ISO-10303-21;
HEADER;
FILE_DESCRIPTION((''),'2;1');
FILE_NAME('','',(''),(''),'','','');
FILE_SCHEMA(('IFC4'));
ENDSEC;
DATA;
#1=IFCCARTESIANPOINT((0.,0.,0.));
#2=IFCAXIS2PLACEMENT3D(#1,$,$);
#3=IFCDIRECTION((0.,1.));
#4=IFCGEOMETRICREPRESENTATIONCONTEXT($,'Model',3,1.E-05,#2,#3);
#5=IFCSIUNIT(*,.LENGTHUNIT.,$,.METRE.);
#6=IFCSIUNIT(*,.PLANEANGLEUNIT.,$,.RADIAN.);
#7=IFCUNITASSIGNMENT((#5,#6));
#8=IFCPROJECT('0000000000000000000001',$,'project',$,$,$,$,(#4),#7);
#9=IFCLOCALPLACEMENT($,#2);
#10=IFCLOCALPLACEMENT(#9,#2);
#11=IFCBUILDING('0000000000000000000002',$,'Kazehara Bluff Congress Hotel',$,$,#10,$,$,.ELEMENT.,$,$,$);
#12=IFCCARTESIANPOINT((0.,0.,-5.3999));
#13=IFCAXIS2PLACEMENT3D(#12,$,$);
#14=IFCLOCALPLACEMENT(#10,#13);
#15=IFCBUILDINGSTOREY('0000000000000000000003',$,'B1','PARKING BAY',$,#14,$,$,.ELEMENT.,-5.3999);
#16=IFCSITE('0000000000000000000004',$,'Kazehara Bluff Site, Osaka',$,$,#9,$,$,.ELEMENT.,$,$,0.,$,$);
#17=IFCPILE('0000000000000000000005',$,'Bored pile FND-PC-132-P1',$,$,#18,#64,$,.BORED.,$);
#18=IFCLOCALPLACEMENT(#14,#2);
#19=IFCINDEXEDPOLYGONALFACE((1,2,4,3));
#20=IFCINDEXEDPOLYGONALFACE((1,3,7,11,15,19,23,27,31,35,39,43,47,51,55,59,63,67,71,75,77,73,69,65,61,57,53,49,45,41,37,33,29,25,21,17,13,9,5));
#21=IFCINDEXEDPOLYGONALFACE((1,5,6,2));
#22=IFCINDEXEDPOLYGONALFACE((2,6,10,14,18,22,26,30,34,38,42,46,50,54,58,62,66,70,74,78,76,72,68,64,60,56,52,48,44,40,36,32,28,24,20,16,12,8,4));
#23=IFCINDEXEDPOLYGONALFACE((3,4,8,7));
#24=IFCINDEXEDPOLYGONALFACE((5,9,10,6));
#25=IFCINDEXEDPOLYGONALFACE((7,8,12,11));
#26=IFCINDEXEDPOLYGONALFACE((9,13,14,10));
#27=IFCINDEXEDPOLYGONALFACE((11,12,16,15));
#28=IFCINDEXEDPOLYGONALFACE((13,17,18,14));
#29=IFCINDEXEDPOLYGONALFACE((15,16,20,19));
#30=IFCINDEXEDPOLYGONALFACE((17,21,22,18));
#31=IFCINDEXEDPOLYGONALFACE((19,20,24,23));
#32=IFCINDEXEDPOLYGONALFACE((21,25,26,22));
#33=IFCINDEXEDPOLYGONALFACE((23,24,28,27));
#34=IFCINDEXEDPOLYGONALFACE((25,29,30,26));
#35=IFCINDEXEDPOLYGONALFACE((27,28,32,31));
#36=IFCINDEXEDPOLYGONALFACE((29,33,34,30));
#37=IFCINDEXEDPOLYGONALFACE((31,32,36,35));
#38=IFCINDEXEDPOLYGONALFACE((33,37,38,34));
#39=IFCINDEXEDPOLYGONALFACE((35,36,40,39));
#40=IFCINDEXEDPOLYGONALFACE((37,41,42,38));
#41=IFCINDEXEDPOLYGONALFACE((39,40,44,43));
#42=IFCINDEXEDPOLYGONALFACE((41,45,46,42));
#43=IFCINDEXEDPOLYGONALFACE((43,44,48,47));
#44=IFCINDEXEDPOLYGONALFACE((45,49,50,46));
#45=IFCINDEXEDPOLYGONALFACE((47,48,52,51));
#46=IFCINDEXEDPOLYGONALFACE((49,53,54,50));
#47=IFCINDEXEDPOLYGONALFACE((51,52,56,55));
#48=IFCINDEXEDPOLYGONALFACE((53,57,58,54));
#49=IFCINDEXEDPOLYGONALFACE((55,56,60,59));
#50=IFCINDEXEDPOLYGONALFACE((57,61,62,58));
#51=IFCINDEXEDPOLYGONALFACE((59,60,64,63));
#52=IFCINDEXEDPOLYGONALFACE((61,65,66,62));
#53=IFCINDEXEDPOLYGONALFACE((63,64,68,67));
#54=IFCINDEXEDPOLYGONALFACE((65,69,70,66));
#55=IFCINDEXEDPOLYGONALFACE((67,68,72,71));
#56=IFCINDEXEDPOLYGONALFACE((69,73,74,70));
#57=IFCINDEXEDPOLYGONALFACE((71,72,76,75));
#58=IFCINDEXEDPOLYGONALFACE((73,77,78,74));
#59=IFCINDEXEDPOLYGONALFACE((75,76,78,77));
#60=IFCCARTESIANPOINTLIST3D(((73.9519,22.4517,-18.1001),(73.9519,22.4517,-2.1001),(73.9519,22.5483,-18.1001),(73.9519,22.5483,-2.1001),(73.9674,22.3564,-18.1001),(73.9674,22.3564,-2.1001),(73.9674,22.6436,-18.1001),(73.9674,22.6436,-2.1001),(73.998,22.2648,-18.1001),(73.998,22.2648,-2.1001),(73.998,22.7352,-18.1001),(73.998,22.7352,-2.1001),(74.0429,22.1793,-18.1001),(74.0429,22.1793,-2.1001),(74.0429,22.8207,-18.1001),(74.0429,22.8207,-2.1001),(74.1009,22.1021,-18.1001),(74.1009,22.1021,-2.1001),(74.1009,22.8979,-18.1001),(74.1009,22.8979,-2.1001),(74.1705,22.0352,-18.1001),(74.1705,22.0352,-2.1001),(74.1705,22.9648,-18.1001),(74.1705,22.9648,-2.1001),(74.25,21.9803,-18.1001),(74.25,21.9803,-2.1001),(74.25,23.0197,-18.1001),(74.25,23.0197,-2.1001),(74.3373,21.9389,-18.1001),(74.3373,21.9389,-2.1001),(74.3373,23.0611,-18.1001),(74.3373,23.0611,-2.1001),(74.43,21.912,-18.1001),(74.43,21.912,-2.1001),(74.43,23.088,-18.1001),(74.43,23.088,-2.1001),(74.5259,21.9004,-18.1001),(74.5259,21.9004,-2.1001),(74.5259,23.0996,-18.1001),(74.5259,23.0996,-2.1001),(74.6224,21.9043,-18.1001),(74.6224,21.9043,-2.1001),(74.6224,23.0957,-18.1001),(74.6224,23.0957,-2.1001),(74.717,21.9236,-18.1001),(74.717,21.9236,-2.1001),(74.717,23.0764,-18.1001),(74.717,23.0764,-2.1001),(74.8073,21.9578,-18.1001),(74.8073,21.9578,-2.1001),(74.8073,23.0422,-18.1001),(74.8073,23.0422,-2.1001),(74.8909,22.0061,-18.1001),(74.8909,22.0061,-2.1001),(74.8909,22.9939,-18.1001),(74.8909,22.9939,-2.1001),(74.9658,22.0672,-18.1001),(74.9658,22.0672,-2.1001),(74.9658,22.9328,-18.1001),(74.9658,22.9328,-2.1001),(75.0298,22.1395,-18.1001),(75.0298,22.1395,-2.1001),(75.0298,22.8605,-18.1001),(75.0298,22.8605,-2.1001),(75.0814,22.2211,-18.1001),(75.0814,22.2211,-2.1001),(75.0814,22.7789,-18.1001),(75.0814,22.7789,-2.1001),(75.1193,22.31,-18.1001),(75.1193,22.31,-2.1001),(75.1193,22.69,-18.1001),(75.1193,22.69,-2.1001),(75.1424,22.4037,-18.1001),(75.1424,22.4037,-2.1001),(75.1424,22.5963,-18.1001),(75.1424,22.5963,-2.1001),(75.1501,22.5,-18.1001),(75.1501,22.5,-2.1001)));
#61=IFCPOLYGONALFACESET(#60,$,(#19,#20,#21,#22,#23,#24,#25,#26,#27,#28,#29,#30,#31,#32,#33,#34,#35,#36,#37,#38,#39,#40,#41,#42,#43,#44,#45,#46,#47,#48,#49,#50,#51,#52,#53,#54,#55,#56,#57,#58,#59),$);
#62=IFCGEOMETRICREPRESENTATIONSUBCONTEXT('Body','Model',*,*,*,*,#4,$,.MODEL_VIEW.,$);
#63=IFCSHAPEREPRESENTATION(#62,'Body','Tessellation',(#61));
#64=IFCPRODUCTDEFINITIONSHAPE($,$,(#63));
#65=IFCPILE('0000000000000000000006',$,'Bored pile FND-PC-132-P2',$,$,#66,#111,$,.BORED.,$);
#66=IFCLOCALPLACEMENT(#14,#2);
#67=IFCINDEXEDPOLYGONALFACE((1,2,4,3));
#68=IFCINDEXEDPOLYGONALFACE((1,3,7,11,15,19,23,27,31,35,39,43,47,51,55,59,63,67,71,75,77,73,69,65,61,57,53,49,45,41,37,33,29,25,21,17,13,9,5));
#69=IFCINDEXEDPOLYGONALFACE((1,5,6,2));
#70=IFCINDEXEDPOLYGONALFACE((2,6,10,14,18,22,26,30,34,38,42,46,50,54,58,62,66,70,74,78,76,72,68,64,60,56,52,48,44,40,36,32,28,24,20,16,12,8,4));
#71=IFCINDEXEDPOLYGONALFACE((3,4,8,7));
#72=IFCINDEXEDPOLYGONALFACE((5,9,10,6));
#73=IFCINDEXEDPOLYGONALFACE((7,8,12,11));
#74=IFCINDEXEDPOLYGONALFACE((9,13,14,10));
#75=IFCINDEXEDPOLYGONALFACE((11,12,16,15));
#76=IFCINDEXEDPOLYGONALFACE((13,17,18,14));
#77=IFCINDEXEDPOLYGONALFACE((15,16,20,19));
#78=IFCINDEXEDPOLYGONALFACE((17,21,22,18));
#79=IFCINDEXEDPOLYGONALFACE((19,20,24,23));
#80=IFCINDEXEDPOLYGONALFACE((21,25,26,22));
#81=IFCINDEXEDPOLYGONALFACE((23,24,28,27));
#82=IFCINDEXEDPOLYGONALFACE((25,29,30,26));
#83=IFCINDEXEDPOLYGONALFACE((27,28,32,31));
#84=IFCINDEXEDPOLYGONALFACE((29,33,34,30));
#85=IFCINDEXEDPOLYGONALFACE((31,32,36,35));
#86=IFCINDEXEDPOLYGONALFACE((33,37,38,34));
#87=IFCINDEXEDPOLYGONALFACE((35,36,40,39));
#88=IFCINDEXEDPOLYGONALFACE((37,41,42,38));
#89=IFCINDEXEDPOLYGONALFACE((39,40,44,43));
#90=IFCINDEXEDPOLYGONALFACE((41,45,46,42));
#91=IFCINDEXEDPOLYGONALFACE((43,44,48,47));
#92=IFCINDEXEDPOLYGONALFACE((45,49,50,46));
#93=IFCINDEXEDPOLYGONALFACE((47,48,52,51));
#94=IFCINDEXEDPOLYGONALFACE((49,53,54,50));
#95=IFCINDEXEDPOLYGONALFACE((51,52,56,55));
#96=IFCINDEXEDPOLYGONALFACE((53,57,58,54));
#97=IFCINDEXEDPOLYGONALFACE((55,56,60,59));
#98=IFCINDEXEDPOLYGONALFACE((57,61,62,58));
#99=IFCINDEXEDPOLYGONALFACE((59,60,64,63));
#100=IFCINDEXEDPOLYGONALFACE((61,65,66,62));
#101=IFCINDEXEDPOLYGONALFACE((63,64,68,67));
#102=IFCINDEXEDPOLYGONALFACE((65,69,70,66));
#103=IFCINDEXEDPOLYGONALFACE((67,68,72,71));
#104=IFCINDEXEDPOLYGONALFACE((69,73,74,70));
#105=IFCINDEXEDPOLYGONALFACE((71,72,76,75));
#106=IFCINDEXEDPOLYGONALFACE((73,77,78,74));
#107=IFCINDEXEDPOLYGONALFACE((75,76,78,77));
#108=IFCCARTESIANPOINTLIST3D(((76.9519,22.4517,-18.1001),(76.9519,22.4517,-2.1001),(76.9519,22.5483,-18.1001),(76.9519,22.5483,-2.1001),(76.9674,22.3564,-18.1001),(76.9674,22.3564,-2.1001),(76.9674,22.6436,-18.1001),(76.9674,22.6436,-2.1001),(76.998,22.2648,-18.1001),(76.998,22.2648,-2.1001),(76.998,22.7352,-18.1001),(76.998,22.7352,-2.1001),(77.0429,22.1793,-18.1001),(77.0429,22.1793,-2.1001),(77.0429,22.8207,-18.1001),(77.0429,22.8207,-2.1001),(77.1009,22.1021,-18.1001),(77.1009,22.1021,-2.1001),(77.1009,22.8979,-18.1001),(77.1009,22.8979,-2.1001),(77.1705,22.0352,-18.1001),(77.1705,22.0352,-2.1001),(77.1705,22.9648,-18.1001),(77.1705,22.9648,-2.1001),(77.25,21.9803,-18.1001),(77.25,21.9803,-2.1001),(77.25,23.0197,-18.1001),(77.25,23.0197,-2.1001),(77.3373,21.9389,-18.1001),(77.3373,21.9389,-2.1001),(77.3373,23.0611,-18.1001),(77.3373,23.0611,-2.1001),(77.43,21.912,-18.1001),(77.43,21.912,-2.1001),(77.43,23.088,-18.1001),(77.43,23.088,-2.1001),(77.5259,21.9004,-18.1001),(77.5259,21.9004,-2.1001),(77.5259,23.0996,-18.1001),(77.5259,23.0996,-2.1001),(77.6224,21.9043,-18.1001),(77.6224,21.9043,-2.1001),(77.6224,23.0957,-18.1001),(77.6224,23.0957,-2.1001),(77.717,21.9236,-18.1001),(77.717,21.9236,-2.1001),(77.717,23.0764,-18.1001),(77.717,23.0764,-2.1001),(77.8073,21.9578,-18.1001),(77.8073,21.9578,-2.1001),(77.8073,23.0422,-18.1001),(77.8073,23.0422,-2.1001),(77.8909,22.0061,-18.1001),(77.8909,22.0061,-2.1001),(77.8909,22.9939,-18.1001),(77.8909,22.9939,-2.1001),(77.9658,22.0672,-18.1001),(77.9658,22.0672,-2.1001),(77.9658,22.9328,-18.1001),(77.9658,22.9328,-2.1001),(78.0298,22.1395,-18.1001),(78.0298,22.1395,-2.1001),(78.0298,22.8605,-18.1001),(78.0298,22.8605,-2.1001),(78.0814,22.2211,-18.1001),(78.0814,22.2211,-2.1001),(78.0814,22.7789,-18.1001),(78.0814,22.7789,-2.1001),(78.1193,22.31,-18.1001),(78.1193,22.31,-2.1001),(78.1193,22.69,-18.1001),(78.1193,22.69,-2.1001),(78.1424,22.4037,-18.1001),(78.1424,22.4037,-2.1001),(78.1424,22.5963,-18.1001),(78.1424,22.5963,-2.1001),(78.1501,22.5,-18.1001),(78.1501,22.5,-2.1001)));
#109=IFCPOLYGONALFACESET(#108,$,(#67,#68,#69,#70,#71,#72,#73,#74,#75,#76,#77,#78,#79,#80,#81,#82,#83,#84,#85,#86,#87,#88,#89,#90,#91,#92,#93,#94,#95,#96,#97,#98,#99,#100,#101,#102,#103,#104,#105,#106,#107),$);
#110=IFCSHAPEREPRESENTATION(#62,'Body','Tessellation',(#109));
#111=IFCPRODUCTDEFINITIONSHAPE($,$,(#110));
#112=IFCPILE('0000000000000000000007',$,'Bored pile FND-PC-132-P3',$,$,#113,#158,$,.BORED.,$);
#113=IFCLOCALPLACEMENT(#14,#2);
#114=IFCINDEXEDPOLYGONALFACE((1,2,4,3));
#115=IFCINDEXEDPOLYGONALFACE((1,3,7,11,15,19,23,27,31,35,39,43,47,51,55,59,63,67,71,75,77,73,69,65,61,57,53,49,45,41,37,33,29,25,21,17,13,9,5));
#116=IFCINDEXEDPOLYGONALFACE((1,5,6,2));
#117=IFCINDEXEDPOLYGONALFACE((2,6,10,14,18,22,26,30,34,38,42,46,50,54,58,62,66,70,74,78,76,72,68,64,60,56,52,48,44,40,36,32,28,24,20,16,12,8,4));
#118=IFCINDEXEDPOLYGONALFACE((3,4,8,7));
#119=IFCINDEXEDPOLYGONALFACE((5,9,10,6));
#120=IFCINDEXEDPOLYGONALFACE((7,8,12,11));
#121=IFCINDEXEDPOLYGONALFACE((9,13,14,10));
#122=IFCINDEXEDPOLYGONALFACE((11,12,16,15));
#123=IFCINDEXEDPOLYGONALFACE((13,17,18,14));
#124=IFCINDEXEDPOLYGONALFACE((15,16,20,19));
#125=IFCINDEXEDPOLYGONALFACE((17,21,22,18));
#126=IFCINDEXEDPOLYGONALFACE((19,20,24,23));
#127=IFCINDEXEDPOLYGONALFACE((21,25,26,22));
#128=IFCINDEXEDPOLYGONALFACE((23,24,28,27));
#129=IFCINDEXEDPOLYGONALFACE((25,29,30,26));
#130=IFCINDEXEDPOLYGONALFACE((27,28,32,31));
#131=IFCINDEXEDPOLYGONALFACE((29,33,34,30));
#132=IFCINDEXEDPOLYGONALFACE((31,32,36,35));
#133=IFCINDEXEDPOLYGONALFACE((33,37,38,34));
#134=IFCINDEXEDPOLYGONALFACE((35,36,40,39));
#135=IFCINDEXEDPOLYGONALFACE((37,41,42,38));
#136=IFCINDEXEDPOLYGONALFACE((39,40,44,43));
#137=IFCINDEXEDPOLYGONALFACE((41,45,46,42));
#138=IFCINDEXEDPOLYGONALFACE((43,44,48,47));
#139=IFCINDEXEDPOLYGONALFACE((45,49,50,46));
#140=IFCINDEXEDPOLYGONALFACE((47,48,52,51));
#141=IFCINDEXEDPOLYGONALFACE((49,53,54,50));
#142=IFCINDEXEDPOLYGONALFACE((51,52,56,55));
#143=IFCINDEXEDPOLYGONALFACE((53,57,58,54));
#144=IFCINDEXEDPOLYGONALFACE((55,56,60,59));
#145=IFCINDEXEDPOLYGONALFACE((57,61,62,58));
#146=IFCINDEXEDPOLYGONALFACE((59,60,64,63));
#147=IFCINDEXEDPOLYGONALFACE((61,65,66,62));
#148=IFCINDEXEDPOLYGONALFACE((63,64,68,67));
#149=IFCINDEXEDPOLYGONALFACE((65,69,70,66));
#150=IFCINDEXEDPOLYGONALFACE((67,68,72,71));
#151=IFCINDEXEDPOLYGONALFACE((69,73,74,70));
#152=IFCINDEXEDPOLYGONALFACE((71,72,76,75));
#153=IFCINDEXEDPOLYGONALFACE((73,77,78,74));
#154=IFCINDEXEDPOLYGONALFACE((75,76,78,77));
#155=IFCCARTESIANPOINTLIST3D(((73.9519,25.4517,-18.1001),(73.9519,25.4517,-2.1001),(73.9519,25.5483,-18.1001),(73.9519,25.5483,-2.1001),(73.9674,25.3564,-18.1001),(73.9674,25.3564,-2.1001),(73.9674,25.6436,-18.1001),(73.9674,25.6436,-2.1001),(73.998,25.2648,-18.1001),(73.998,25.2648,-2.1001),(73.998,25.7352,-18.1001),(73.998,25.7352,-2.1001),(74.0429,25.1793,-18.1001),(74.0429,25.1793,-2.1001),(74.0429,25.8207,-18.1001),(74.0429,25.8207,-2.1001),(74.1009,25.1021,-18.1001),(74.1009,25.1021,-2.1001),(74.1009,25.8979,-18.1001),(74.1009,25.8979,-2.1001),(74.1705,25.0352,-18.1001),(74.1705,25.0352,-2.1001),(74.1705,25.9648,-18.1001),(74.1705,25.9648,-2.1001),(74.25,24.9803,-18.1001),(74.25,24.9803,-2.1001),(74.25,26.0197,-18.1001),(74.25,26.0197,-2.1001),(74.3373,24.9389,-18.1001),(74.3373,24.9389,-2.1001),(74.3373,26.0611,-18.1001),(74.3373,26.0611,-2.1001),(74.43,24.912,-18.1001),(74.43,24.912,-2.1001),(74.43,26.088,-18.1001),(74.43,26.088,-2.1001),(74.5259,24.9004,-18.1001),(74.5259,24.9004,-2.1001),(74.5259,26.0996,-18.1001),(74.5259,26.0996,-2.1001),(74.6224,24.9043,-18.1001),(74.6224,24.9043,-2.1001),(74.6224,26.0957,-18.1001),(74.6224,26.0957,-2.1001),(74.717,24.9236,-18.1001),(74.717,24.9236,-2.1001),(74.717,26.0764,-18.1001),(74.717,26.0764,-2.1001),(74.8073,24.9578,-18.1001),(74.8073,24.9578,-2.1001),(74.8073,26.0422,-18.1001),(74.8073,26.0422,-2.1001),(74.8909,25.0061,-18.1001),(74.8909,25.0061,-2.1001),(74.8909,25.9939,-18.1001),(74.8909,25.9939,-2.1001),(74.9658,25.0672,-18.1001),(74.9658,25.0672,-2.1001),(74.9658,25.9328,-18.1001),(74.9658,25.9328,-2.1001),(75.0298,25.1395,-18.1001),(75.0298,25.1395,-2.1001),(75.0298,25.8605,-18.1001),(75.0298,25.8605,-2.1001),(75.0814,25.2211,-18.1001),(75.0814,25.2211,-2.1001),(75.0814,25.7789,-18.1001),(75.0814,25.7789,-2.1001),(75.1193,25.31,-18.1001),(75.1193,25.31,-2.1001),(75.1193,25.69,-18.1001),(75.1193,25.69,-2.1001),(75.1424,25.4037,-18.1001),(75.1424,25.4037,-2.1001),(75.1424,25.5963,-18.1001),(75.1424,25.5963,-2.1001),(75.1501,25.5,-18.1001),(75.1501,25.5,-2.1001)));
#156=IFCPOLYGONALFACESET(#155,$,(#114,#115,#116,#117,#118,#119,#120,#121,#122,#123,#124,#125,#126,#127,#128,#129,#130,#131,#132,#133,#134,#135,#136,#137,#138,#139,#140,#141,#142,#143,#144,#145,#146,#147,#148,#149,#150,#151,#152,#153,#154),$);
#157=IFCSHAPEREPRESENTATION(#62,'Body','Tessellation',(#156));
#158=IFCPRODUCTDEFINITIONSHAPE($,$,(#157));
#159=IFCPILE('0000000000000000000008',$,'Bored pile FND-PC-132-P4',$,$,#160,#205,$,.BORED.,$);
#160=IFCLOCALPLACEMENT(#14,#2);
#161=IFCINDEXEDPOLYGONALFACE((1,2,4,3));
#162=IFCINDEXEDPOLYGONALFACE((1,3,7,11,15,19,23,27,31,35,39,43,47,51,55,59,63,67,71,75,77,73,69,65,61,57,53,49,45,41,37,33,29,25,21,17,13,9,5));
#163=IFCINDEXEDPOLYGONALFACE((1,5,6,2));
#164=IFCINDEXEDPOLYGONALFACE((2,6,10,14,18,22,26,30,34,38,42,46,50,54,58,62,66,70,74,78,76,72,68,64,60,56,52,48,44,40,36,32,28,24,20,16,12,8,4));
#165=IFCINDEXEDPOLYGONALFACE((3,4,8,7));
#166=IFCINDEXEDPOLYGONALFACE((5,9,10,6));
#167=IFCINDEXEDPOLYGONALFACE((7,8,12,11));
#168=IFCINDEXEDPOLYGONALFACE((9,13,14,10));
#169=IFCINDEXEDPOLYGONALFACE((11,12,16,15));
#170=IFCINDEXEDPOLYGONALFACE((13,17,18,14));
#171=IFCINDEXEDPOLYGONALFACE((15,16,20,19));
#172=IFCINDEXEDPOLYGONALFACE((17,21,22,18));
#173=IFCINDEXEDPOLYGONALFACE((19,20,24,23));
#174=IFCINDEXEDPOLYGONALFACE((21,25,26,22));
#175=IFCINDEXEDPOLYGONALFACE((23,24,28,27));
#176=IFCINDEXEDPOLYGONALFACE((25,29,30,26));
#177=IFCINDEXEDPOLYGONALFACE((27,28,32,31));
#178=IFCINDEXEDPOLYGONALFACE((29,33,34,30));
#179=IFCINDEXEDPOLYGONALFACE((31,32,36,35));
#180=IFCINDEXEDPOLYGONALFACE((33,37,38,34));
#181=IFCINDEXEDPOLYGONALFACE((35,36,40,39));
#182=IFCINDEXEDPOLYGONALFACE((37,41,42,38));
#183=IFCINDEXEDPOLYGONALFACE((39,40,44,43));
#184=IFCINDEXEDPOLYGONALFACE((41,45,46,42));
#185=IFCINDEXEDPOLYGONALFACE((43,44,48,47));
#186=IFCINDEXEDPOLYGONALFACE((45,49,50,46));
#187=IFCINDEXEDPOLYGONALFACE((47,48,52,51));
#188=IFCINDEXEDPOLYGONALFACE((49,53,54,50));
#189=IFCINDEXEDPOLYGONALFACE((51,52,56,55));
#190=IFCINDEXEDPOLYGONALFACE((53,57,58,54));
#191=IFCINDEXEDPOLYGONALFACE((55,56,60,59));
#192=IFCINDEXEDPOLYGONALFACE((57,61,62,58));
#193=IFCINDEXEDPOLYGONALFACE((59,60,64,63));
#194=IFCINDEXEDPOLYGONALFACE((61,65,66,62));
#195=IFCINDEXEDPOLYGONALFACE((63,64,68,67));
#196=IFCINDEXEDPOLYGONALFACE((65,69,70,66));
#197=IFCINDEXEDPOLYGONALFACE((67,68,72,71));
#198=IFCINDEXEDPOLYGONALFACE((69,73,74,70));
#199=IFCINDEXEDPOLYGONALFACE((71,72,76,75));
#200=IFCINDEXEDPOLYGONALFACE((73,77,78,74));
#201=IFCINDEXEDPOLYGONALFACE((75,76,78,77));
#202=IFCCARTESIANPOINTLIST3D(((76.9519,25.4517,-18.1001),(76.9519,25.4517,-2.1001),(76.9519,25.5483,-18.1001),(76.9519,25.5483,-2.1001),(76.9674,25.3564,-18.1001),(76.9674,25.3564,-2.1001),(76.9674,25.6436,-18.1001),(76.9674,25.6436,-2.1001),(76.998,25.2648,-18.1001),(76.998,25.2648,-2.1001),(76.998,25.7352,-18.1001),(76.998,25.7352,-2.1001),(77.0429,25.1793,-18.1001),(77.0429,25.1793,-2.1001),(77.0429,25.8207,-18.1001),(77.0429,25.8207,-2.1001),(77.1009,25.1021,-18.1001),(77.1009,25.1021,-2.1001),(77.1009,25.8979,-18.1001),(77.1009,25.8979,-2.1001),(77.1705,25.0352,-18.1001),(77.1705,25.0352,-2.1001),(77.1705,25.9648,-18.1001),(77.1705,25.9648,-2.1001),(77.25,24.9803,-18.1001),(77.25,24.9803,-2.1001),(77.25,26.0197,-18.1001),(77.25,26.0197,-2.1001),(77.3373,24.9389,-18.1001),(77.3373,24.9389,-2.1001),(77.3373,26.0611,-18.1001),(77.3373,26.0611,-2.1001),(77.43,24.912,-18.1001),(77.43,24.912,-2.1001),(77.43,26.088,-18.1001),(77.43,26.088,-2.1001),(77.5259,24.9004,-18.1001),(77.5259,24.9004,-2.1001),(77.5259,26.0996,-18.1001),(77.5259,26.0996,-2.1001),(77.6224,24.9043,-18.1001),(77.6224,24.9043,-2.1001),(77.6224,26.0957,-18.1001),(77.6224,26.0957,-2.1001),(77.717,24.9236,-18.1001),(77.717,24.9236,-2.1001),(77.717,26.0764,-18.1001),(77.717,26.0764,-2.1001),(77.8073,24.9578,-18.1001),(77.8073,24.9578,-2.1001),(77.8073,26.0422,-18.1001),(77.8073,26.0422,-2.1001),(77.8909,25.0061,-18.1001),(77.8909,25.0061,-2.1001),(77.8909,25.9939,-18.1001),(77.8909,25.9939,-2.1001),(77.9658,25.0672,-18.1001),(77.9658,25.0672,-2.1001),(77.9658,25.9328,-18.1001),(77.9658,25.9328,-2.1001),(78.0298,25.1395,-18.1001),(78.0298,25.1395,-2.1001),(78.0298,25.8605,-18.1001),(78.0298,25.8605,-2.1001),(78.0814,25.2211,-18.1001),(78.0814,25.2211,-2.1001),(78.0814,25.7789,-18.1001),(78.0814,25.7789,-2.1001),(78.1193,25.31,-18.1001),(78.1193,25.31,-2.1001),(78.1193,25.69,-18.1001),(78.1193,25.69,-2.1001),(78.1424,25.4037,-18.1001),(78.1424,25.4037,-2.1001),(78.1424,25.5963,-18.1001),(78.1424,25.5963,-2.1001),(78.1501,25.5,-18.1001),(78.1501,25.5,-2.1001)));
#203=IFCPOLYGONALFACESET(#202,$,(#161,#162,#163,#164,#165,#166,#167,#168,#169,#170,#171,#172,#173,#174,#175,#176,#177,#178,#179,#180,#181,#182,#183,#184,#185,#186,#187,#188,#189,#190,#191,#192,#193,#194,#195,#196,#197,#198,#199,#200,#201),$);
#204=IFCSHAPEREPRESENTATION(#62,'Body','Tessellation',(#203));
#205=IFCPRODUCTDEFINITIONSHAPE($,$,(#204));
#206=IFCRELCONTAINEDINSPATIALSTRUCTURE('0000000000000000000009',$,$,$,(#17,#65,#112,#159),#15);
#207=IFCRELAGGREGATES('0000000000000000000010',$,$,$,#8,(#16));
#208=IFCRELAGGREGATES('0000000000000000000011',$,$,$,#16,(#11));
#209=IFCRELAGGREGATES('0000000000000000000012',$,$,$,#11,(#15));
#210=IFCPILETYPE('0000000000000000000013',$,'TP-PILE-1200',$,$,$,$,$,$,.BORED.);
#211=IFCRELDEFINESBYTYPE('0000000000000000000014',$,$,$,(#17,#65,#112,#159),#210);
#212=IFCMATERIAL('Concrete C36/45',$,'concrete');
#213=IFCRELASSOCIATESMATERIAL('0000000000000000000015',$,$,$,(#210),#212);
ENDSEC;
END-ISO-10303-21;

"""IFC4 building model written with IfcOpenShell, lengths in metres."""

from ifc_helpers import new_model, si_unit, direction, frame, origin, origin_2d, place, context, subcontext, project, spatial, circle, extrude, material, material_profile, profile_set, type_object, element, save


model = new_model("IFC4")

# Units and contexts
model_context = context("Model", 3, precision=1e-05, world=origin(), true_north=direction((0.0, 1.0)))
body_context = subcontext(model_context, "Body", "Model", "MODEL_VIEW")
ifc_project = project(units=[si_unit("LENGTHUNIT", "METRE"), si_unit("PLANEANGLEUNIT", "RADIAN")], contexts=[model_context])

# Site, building, storey
site_placement = place(None, origin())
site = spatial("IfcSite", under=ifc_project, at=site_placement, Name="Kazehara Bluff Site, Osaka", CompositionType="ELEMENT", RefElevation=0.0)
building_placement = place(site_placement, origin())
building = spatial("IfcBuilding", under=site, at=building_placement, Name="Kazehara Bluff Congress Hotel", CompositionType="ELEMENT")
storey_placement = place(building_placement, frame((0.0, 0.0, -5.3999)))
storey = spatial("IfcBuildingStorey", under=building, at=storey_placement, Name="B1", Description="PARKING BAY", CompositionType="ELEMENT", Elevation=-5.3999)

# Piles
ifc_material_1 = material(Name="Concrete C36/45", Category="concrete")
ifc_material_profile_1 = material_profile(ifc_material_1, circle(Radius=0.6001, at=origin_2d()))
ifc_profile_set_1 = profile_set([ifc_material_profile_1], Name="Concrete C36/45")
pile_type = type_object("IfcPileType", Name="TP-PILE-1200", PredefinedType="BORED", material=ifc_profile_set_1)
for number, where, z_axis, x_axis, name in (
    (1, (74.55, 22.5, -2.1001), (0.0, 0.0, -1.0), (1.0, 0.0, 0.0), "Bored pile FND-PC-132-P1"),
    (2, (77.55, 22.5, -2.1001), (0.0, 0.0, -1.0), (1.0, 0.0, 0.0), "Bored pile FND-PC-132-P2"),
    (3, (74.55, 25.5, -2.1001), (0.0, 0.0, -1.0), (1.0, 0.0, 0.0), "Bored pile FND-PC-132-P3"),
    (4, (77.55, 25.5, -2.1001), (0.0, 0.0, -1.0), (1.0, 0.0, 0.0), "Bored pile FND-PC-132-P4"),
):
    element("IfcPile", number, at=place(storey_placement, frame(where, z_axis=z_axis, x_axis=x_axis)), inside=storey, type_object=pile_type, Name=name, PredefinedType="BORED", context=body_context, shape_type="SweptSolid", body=[
        extrude(circle(Radius=0.6001, at=origin_2d()), origin(), (0.0, 0.0, 1.0), 16.0),
    ])

save(model, "model.ifc")
